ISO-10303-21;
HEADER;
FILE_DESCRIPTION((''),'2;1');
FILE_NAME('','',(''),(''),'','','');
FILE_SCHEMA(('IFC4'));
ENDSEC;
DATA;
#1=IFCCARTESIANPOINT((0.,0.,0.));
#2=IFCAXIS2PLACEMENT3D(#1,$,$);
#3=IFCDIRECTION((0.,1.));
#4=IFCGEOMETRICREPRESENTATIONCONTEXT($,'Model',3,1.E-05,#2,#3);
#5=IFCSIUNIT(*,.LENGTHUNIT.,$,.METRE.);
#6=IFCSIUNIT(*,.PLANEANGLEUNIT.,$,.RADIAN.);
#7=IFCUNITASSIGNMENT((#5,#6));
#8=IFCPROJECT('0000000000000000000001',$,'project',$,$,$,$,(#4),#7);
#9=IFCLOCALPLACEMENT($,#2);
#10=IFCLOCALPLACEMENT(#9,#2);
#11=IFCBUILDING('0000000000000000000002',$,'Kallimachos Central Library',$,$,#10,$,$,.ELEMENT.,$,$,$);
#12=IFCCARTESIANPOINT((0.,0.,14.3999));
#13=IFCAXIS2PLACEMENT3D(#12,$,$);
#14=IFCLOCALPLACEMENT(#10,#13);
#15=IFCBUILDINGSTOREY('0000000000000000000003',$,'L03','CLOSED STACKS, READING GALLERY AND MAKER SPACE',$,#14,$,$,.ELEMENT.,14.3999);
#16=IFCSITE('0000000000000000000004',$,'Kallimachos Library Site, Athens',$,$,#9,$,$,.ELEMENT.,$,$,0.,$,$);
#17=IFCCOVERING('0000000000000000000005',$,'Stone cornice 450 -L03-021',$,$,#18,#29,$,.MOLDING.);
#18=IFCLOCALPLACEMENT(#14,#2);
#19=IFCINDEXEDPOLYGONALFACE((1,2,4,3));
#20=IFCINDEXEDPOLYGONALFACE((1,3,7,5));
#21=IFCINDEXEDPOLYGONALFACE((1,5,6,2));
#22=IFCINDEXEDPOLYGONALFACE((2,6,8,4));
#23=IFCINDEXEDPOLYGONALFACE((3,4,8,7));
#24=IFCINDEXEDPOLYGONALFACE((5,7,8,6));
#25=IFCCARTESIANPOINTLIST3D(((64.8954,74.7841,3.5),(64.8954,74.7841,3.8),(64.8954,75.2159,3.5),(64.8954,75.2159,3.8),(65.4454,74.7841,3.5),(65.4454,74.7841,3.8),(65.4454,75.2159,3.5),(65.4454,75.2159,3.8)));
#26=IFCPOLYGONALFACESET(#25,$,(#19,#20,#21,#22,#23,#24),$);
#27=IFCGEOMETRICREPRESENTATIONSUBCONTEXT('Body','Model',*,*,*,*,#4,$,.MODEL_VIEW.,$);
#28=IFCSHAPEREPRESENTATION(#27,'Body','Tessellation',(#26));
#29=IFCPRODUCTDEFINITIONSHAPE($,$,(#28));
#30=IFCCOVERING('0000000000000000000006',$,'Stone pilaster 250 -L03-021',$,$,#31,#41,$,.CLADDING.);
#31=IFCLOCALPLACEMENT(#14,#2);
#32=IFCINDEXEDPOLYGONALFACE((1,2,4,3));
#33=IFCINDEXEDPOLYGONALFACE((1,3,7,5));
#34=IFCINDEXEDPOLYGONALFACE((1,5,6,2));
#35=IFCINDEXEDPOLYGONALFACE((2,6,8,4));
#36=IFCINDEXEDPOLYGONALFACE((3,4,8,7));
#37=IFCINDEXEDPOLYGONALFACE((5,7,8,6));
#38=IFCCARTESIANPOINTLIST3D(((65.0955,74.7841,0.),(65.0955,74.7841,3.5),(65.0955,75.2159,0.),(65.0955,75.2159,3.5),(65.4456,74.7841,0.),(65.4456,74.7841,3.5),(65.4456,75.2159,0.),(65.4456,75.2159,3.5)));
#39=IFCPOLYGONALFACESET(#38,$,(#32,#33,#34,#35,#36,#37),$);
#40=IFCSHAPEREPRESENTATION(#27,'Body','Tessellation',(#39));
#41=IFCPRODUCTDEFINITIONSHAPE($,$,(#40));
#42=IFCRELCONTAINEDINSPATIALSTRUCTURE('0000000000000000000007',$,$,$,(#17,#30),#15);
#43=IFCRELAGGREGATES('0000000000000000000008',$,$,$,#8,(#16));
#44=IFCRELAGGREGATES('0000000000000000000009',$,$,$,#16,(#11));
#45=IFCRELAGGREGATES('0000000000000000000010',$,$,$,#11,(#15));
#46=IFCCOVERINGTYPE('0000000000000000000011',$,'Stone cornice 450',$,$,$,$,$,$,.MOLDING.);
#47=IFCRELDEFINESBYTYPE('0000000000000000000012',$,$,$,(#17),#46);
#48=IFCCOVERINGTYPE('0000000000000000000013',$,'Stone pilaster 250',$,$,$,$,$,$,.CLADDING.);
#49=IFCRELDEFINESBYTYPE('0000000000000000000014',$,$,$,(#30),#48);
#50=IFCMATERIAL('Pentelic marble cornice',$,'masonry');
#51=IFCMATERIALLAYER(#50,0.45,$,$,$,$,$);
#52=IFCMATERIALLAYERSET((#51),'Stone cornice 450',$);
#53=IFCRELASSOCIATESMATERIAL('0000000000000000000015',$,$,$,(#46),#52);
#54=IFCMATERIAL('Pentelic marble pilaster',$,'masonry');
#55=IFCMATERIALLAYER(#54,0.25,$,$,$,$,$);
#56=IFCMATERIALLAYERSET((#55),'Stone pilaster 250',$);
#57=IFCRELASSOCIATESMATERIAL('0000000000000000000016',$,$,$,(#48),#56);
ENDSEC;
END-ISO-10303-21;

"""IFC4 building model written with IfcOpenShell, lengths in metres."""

from ifc_helpers import new_model, si_unit, direction, frame, origin, origin_2d, place, context, subcontext, project, spatial, rectangle, extrude, material, layer, layer_set, type_object, element, save


model = new_model("IFC4")

# Units and contexts
model_context = context("Model", 3, precision=1e-05, world=origin(), true_north=direction((0.0, 1.0)))
body_context = subcontext(model_context, "Body", "Model", "MODEL_VIEW")
ifc_project = project(units=[si_unit("LENGTHUNIT", "METRE"), si_unit("PLANEANGLEUNIT", "RADIAN")], contexts=[model_context])

# Site, building, storey
site_placement = place(None, origin())
site = spatial("IfcSite", under=ifc_project, at=site_placement, Name="Kallimachos Library Site, Athens", CompositionType="ELEMENT", RefElevation=0.0)
building_placement = place(site_placement, origin())
building = spatial("IfcBuilding", under=site, at=building_placement, Name="Kallimachos Central Library", CompositionType="ELEMENT")
storey_placement = place(building_placement, frame((0.0, 0.0, 14.3999)))
storey = spatial("IfcBuildingStorey", under=building, at=storey_placement, Name="L03", Description="CLOSED STACKS, READING GALLERY AND MAKER SPACE", CompositionType="ELEMENT", Elevation=14.3999)

# Coverings
ifc_material_1 = material(Name="Pentelic marble cornice", Category="masonry")
ifc_layer_1 = layer(ifc_material_1, 0.45)
ifc_layer_set_1 = layer_set([ifc_layer_1], Name="Stone cornice 450")
covering_type_1 = type_object("IfcCoveringType", Name="Stone cornice 450", PredefinedType="MOLDING", material=ifc_layer_set_1)
covering_1_placement = place(storey_placement, frame((65.1704, 75.0, 3.5), z_axis=(0.0, 0.0, 1.0), x_axis=(1.0, 0.0, 0.0)))
element("IfcCovering", 1, at=covering_1_placement, inside=storey, type_object=covering_type_1, Name="Stone cornice 450 -L03-021", PredefinedType="MOLDING", context=body_context, shape_type="SweptSolid", body=[
    extrude(rectangle(XDim=0.55, YDim=0.4319, at=origin_2d()), origin(), (0.0, 0.0, 1.0), 0.3),
])
ifc_material_2 = material(Name="Pentelic marble pilaster", Category="masonry")
ifc_layer_2 = layer(ifc_material_2, 0.25)
ifc_layer_set_2 = layer_set([ifc_layer_2], Name="Stone pilaster 250")
covering_type_2 = type_object("IfcCoveringType", Name="Stone pilaster 250", PredefinedType="CLADDING", material=ifc_layer_set_2)
covering_2_placement = place(storey_placement, frame((65.2705, 75.0, 0.0), z_axis=(0.0, 0.0, 1.0), x_axis=(1.0, 0.0, 0.0)))
element("IfcCovering", 2, at=covering_2_placement, inside=storey, type_object=covering_type_2, Name="Stone pilaster 250 -L03-021", PredefinedType="CLADDING", context=body_context, shape_type="SweptSolid", body=[
    extrude(rectangle(XDim=0.3501, YDim=0.4319, at=origin_2d()), origin(), (0.0, 0.0, 1.0), 3.5),
])

save(model, "model.ifc")
